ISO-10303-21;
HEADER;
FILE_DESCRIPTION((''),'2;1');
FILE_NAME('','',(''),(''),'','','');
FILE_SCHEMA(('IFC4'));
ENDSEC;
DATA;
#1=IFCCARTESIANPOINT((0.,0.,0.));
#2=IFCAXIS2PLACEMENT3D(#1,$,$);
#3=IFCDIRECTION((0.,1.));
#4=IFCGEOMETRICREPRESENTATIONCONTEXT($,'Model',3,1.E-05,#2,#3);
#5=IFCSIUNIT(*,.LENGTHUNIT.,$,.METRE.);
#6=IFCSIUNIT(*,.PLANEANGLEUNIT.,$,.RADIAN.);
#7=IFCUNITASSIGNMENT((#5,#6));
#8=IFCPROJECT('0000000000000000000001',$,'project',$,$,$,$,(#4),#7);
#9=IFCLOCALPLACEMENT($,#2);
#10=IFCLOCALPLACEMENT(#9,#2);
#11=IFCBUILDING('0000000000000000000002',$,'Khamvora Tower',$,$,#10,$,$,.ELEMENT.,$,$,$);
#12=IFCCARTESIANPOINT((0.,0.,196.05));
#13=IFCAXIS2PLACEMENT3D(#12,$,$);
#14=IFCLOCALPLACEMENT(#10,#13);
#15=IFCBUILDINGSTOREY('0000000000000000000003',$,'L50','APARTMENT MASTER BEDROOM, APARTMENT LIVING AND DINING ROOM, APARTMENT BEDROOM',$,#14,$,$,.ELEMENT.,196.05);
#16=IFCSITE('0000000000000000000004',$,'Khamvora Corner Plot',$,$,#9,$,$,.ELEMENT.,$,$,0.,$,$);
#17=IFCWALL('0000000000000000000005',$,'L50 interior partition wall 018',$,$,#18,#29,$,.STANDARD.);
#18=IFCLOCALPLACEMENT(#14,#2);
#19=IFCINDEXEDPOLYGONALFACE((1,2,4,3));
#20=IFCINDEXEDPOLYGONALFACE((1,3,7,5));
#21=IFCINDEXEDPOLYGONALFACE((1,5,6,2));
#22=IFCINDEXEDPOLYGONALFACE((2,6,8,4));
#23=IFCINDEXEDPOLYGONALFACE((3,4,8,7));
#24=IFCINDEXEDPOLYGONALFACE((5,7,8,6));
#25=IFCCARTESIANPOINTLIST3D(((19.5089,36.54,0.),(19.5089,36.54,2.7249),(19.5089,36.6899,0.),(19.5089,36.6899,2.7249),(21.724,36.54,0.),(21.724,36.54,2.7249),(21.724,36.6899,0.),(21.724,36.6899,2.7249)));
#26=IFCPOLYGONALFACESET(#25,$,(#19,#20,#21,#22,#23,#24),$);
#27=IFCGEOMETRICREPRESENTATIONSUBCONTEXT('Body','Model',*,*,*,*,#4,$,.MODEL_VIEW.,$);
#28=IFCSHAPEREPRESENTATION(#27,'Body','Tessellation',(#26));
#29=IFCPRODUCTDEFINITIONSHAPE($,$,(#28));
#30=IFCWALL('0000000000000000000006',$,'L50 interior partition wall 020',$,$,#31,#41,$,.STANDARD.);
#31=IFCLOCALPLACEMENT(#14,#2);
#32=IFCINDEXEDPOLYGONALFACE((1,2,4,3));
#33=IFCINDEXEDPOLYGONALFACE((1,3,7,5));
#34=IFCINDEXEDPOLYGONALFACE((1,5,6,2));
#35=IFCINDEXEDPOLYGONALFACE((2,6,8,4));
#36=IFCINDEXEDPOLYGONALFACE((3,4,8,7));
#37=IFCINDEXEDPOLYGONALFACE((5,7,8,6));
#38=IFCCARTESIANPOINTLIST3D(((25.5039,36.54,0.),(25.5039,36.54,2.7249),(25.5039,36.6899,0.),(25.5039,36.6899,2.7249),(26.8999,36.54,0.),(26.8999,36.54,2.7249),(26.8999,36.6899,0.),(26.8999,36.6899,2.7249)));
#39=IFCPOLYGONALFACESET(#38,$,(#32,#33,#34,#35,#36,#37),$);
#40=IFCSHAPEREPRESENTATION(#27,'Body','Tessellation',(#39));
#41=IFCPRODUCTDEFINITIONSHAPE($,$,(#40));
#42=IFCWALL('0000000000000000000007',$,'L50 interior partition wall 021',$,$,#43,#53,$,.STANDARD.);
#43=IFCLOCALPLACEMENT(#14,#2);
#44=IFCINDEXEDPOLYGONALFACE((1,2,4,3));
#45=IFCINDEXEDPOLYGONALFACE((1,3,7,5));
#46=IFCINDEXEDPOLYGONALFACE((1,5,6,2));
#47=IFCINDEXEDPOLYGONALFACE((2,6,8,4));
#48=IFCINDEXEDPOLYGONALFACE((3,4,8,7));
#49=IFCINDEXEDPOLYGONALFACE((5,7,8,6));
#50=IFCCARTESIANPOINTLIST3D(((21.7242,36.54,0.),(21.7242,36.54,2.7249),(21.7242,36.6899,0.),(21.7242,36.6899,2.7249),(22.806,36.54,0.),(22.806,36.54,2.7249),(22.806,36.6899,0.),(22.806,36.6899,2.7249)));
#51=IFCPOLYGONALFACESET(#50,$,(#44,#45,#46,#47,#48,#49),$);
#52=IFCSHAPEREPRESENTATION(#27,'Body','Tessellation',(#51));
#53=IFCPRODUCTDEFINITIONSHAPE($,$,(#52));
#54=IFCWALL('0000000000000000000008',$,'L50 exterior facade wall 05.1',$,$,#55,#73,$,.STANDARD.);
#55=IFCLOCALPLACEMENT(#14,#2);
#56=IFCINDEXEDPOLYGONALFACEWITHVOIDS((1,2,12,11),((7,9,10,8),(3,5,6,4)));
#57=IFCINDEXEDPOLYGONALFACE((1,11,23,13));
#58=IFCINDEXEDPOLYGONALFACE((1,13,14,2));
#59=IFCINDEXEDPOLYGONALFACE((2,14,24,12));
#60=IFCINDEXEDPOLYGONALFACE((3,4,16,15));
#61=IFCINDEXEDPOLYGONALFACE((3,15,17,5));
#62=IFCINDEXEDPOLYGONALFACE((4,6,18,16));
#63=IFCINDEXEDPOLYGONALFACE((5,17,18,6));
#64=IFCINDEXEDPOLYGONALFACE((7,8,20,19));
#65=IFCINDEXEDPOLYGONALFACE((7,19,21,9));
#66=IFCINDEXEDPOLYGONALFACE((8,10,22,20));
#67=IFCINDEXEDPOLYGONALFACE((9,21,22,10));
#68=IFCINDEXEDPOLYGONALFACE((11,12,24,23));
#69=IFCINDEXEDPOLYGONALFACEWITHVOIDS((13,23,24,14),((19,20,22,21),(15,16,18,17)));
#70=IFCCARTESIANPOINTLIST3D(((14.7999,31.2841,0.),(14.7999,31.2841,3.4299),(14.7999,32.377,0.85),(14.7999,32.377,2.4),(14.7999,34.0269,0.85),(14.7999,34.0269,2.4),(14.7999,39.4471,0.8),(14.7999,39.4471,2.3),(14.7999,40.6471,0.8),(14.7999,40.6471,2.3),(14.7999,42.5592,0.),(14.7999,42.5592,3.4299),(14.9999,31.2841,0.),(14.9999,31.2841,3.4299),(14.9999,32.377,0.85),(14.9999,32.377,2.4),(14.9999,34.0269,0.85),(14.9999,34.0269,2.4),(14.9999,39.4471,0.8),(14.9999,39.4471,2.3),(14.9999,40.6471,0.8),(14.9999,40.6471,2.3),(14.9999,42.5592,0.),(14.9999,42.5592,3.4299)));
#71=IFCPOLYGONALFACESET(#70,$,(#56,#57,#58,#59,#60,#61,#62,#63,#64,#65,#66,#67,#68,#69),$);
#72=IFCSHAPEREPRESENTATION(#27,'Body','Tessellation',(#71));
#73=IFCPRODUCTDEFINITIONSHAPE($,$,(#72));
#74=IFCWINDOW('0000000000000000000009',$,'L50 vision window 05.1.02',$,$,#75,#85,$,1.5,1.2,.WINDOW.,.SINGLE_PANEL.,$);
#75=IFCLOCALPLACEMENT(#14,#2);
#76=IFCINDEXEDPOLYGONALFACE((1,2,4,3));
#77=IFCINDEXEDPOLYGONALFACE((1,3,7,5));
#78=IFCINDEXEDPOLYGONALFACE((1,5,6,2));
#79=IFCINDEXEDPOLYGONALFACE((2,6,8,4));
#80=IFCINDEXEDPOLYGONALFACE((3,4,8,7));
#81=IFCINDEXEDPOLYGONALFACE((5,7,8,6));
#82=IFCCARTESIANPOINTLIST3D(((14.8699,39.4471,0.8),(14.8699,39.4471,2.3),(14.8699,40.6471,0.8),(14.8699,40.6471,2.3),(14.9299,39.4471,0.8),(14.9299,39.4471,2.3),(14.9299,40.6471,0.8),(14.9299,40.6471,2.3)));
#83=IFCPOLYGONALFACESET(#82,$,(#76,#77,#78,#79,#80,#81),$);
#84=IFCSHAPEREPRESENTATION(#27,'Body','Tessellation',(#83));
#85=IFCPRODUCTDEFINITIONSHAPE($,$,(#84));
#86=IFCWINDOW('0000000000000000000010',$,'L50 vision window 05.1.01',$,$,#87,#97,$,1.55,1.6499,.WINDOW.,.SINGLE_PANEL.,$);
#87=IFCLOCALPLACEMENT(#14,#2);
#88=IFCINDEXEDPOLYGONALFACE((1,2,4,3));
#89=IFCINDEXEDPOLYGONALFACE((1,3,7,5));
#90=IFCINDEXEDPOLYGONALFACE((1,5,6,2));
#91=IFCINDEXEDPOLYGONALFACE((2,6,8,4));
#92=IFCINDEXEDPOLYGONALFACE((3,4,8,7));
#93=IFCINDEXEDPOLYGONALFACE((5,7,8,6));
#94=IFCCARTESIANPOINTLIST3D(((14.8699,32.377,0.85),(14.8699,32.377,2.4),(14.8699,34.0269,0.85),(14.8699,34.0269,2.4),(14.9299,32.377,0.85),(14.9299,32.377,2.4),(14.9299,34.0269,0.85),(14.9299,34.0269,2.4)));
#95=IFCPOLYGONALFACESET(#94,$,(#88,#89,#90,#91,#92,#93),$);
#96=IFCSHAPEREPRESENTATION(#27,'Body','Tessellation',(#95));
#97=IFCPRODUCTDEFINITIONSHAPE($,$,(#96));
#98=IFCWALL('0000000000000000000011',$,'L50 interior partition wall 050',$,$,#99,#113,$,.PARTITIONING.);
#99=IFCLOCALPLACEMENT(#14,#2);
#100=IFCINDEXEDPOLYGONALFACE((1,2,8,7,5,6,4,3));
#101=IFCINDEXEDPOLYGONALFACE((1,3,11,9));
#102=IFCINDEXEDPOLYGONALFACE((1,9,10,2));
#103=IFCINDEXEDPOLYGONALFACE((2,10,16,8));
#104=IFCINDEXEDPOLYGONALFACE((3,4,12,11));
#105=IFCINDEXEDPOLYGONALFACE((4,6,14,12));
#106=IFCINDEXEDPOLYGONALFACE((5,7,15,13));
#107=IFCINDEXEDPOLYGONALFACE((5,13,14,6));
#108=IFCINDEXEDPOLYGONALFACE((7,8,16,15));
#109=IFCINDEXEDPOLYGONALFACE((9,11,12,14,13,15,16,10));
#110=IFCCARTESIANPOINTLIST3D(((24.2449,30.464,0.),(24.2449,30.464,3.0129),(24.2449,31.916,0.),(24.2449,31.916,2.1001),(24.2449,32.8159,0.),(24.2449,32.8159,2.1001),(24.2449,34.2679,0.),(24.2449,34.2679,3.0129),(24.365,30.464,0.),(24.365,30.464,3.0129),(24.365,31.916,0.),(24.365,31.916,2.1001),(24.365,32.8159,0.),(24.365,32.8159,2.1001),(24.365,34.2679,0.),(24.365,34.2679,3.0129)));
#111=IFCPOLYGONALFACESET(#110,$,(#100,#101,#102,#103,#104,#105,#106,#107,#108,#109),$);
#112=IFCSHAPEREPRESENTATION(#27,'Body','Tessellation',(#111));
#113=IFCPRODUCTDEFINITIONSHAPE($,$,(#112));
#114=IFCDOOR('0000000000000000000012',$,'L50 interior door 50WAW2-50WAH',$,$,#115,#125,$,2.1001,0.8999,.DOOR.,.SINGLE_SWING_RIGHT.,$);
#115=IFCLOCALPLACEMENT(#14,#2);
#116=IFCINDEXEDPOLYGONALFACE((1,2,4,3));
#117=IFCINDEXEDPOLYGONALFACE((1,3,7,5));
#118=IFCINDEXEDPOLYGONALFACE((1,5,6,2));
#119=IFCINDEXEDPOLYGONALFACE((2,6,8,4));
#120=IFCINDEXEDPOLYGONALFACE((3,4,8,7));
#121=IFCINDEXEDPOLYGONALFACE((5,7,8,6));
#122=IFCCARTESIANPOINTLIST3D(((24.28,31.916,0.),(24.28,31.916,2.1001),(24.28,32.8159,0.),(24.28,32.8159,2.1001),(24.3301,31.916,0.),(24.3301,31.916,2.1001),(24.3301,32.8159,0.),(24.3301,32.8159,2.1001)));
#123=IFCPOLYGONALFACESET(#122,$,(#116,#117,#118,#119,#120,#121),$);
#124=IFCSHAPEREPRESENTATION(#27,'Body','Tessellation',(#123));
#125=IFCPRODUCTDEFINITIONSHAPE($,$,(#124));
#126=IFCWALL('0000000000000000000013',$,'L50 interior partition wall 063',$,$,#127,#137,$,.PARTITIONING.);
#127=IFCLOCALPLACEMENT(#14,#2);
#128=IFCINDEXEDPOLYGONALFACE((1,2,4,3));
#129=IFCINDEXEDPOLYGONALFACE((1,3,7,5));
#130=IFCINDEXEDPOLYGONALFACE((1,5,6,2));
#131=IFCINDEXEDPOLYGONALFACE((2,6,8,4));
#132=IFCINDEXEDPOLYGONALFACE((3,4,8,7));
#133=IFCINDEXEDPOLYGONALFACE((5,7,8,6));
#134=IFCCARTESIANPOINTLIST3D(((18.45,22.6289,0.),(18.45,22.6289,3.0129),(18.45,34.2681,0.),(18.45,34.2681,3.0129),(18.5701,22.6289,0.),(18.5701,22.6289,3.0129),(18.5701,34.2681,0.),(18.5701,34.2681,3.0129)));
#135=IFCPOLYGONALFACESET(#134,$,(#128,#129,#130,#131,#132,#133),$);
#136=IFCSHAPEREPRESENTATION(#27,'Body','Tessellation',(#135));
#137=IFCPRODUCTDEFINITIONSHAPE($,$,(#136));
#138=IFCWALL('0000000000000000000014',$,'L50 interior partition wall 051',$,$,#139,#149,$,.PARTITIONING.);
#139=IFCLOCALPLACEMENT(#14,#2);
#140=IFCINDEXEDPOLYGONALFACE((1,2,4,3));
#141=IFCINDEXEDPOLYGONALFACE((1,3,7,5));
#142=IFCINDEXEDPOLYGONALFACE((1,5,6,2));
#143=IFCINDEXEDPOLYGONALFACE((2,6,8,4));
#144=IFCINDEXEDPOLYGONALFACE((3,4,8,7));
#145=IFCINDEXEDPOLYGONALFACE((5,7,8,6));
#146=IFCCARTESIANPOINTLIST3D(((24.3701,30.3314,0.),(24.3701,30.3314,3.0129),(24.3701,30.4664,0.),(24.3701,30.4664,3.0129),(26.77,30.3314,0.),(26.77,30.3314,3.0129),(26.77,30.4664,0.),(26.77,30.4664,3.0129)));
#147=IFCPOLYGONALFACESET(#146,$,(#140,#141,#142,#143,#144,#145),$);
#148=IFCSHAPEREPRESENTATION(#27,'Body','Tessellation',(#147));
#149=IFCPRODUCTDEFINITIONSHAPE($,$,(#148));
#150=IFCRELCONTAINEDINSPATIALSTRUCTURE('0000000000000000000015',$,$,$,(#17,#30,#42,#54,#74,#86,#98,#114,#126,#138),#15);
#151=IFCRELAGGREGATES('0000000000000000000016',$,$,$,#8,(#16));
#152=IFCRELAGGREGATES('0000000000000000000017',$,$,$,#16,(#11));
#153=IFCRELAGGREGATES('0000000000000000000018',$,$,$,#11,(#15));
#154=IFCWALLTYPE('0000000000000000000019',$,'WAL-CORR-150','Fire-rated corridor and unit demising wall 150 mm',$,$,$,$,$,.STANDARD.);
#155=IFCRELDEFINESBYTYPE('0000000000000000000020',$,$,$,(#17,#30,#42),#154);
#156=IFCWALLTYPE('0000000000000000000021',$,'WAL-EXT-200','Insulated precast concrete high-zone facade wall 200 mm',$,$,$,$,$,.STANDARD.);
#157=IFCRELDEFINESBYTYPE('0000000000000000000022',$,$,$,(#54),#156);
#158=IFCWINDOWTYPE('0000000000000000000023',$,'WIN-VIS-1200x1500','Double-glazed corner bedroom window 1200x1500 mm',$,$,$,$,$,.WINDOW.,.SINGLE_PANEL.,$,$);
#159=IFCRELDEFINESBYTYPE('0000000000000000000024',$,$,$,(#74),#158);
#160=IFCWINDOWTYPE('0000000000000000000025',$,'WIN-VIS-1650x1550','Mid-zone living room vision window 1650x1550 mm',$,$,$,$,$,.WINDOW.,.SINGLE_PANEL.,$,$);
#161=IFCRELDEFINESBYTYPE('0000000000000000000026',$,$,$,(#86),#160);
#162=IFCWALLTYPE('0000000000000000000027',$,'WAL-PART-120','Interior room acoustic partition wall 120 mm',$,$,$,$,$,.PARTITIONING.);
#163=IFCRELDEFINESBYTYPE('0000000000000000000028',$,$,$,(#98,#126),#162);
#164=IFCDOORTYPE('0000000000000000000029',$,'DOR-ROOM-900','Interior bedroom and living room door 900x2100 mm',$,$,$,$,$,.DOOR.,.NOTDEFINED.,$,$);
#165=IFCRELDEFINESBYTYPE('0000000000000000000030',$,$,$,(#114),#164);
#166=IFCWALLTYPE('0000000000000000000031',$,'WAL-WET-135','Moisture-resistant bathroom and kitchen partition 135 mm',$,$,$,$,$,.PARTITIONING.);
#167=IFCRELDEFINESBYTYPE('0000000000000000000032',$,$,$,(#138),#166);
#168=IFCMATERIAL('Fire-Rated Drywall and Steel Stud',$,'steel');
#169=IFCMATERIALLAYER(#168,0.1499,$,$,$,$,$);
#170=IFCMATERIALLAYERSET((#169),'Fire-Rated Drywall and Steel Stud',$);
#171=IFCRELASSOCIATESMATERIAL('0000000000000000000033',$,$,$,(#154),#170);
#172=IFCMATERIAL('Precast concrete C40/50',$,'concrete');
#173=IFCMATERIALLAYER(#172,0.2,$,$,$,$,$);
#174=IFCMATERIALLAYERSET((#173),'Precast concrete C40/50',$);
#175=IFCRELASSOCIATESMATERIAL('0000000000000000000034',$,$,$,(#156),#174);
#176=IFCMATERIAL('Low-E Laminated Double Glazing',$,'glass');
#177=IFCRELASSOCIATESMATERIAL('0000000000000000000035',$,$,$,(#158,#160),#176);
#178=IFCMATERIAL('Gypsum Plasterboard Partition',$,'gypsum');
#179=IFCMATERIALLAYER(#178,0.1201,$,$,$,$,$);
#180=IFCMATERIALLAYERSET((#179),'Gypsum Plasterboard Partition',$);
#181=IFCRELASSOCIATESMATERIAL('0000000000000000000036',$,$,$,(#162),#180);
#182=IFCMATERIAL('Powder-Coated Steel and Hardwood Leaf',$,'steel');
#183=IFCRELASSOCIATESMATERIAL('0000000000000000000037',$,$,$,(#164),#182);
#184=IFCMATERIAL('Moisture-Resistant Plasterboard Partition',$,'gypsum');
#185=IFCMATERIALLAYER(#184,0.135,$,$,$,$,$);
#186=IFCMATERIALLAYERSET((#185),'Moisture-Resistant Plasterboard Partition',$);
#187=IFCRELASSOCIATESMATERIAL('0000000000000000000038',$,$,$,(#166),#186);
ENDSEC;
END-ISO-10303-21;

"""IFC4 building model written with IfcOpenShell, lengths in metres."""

from ifc_helpers import new_model, si_unit, direction, frame, frame_2d, origin, place, context, subcontext, project, spatial, rectangle, extrude, material, layer, layer_set, type_object, element, fill, save


model = new_model("IFC4")

# Units and contexts
model_context = context("Model", 3, precision=1e-05, world=origin(), true_north=direction((0.0, 1.0)))
body_context = subcontext(model_context, "Body", "Model", "MODEL_VIEW")
ifc_project = project(units=[si_unit("LENGTHUNIT", "METRE"), si_unit("PLANEANGLEUNIT", "RADIAN")], contexts=[model_context])

# Site, building, storey
site_placement = place(None, origin())
site = spatial("IfcSite", under=ifc_project, at=site_placement, Name="Khamvora Corner Plot", CompositionType="ELEMENT", RefElevation=0.0)
building_placement = place(site_placement, origin())
building = spatial("IfcBuilding", under=site, at=building_placement, Name="Khamvora Tower", CompositionType="ELEMENT")
storey_placement = place(building_placement, frame((0.0, 0.0, 196.05)))
storey = spatial("IfcBuildingStorey", under=building, at=storey_placement, Name="L50", Description="APARTMENT MASTER BEDROOM, APARTMENT LIVING AND DINING ROOM, APARTMENT BEDROOM", CompositionType="ELEMENT", Elevation=196.05)

# Shared definitions
ifc_material_1 = material(Name="Fire-Rated Drywall and Steel Stud", Category="steel")
ifc_layer_1 = layer(ifc_material_1, 0.1499)
ifc_layer_set_1 = layer_set([ifc_layer_1], Name="Fire-Rated Drywall and Steel Stud")
wall_type_1 = type_object("IfcWallType", Name="WAL-CORR-150", Description="Fire-rated corridor and unit demising wall 150 mm", PredefinedType="STANDARD", material=ifc_layer_set_1)

# Shared definitions
ifc_material_2 = material(Name="Powder-Coated Steel and Hardwood Leaf", Category="steel")

# Wall
wall_1_placement = place(storey_placement, frame((19.509, 36.615, 0.0), z_axis=(0.0, 0.0, 1.0), x_axis=(1.0, 0.0, 0.0)))
element("IfcWall", 1, at=wall_1_placement, inside=storey, type_object=wall_type_1, Name="L50 interior partition wall 018", PredefinedType="STANDARD", context=body_context, shape_type="SweptSolid", body=[
    extrude(rectangle(XDim=2.2151, YDim=0.1499, at=frame_2d((1.1074, 0.0))), origin(), (0.0, 0.0, 1.0), 2.7249),
])

# Walls
wall_2_placement = place(storey_placement, frame((25.5039, 36.615, 0.0), z_axis=(0.0, 0.0, 1.0), x_axis=(1.0, 0.0, 0.0)))
element("IfcWall", 2, at=wall_2_placement, inside=storey, type_object=wall_type_1, Name="L50 interior partition wall 020", PredefinedType="STANDARD", context=body_context, shape_type="SweptSolid", body=[
    extrude(rectangle(XDim=1.396, YDim=0.1499, at=frame_2d((0.698, 0.0))), origin(), (0.0, 0.0, 1.0), 2.7249),
])
wall_3_placement = place(storey_placement, frame((21.7241, 36.615, 0.0), z_axis=(0.0, 0.0, 1.0), x_axis=(1.0, 0.0, 0.0)))
element("IfcWall", 3, at=wall_3_placement, inside=storey, type_object=wall_type_1, Name="L50 interior partition wall 021", PredefinedType="STANDARD", context=body_context, shape_type="SweptSolid", body=[
    extrude(rectangle(XDim=1.0818, YDim=0.1499, at=frame_2d((0.541, 0.0))), origin(), (0.0, 0.0, 1.0), 2.7249),
])

# Wall, openings, windows
ifc_material_3 = material(Name="Precast concrete C40/50", Category="concrete")
ifc_layer_2 = layer(ifc_material_3, 0.2)
ifc_layer_set_2 = layer_set([ifc_layer_2], Name="Precast concrete C40/50")
wall_type_2 = type_object("IfcWallType", Name="WAL-EXT-200", Description="Insulated precast concrete high-zone facade wall 200 mm", PredefinedType="STANDARD", material=ifc_layer_set_2)
wall_4_placement = place(storey_placement, frame((14.8999, 31.2839, 0.0), z_axis=(0.0, 0.0, 1.0), x_axis=(0.0, 1.0, 0.0)))
wall_4 = element("IfcWall", 4, at=wall_4_placement, inside=storey, type_object=wall_type_2, Name="L50 exterior facade wall 05.1", PredefinedType="STANDARD", context=body_context, shape_type="SweptSolid", body=[
    extrude(rectangle(XDim=11.2751, YDim=0.2, at=frame_2d((5.6377, 0.0))), origin(), (0.0, 0.0, 1.0), 3.4299),
])
opening_1_placement = place(wall_4_placement, frame((1.093, 0.0, 0.8501)))
opening_1 = element("IfcOpeningElement", 5, at=opening_1_placement, cuts=wall_4, PredefinedType="OPENING", context=body_context, shape_type="SweptSolid", body=[
    extrude(rectangle(XDim=1.6499, YDim=1.55, at=frame_2d((0.825, 0.7749))), frame((0.0, 0.1099, 0.0), z_axis=(0.0, -1.0, 0.0), x_axis=(1.0, 0.0, 0.0)), (0.0, 0.0, 1.0), 0.22),
])
opening_2_placement = place(wall_4_placement, frame((8.1631, 0.0, 0.8)))
opening_2 = element("IfcOpeningElement", 6, at=opening_2_placement, cuts=wall_4, PredefinedType="OPENING", context=body_context, shape_type="SweptSolid", body=[
    extrude(rectangle(XDim=1.2, YDim=1.5, at=frame_2d((0.6001, 0.75))), frame((0.0, 0.1099, 0.0), z_axis=(0.0, -1.0, 0.0), x_axis=(1.0, 0.0, 0.0)), (0.0, 0.0, 1.0), 0.22),
])
ifc_material_4 = material(Name="Low-E Laminated Double Glazing", Category="glass")
window_type_1 = type_object("IfcWindowType", Name="WIN-VIS-1200x1500", Description="Double-glazed corner bedroom window 1200x1500 mm", PartitioningType="SINGLE_PANEL", PredefinedType="WINDOW", material=ifc_material_4)
window_1_placement = place(opening_2_placement, origin())
window_1 = element("IfcWindow", 7, at=window_1_placement, inside=storey, type_object=window_type_1, Name="L50 vision window 05.1.02", OverallHeight=1.5, OverallWidth=1.2, PartitioningType="SINGLE_PANEL", PredefinedType="WINDOW", context=body_context, shape_type="SweptSolid", body=[
    extrude(rectangle(XDim=1.2, YDim=1.5, at=frame_2d((0.6001, 0.75))), frame((0.0, 0.03, 0.0), z_axis=(0.0, -1.0, 0.0), x_axis=(1.0, 0.0, 0.0)), (0.0, 0.0, 1.0), 0.0601),
])
fill(opening_2, window_1)
window_type_2 = type_object("IfcWindowType", Name="WIN-VIS-1650x1550", Description="Mid-zone living room vision window 1650x1550 mm", PartitioningType="SINGLE_PANEL", PredefinedType="WINDOW", material=ifc_material_4)
window_2_placement = place(opening_1_placement, origin())
window_2 = element("IfcWindow", 8, at=window_2_placement, inside=storey, type_object=window_type_2, Name="L50 vision window 05.1.01", OverallHeight=1.55, OverallWidth=1.6499, PartitioningType="SINGLE_PANEL", PredefinedType="WINDOW", context=body_context, shape_type="SweptSolid", body=[
    extrude(rectangle(XDim=1.6499, YDim=1.55, at=frame_2d((0.825, 0.7749))), frame((0.0, 0.03, 0.0), z_axis=(0.0, -1.0, 0.0), x_axis=(1.0, 0.0, 0.0)), (0.0, 0.0, 1.0), 0.0601),
])
fill(opening_1, window_2)

# Wall, opening, door
ifc_material_5 = material(Name="Gypsum Plasterboard Partition", Category="gypsum")
ifc_layer_3 = layer(ifc_material_5, 0.1201)
ifc_layer_set_3 = layer_set([ifc_layer_3], Name="Gypsum Plasterboard Partition")
wall_type_3 = type_object("IfcWallType", Name="WAL-PART-120", Description="Interior room acoustic partition wall 120 mm", PredefinedType="PARTITIONING", material=ifc_layer_set_3)
wall_5_placement = place(storey_placement, frame((24.3049, 30.4641, 0.0), z_axis=(0.0, 0.0, 1.0), x_axis=(0.0, 1.0, 0.0)))
wall_5 = element("IfcWall", 9, at=wall_5_placement, inside=storey, type_object=wall_type_3, Name="L50 interior partition wall 050", PredefinedType="PARTITIONING", context=body_context, shape_type="SweptSolid", body=[
    extrude(rectangle(XDim=3.804, YDim=0.1201, at=frame_2d((1.9019, 0.0))), origin(), (0.0, 0.0, 1.0), 3.0129),
])
opening_3_placement = place(wall_5_placement, frame((1.4519, 0.0, 0.0)))
opening_3 = element("IfcOpeningElement", 10, at=opening_3_placement, cuts=wall_5, PredefinedType="OPENING", context=body_context, shape_type="SweptSolid", body=[
    extrude(rectangle(XDim=0.8999, YDim=2.1001, at=frame_2d((0.45, 1.05))), frame((0.0, 0.0701, 0.0), z_axis=(0.0, -1.0, 0.0), x_axis=(1.0, 0.0, 0.0)), (0.0, 0.0, 1.0), 0.1401),
])
door_type_1 = type_object("IfcDoorType", Name="DOR-ROOM-900", Description="Interior bedroom and living room door 900x2100 mm", OperationType="NOTDEFINED", PredefinedType="DOOR", material=ifc_material_2)
door_1_placement = place(opening_3_placement, origin())
door_1 = element("IfcDoor", 11, at=door_1_placement, inside=storey, type_object=door_type_1, Name="L50 interior door 50WAW2-50WAH", OperationType="SINGLE_SWING_RIGHT", OverallHeight=2.1001, OverallWidth=0.8999, PredefinedType="DOOR", context=body_context, shape_type="SweptSolid", body=[
    extrude(rectangle(XDim=0.8999, YDim=2.1001, at=frame_2d((0.45, 1.05))), frame((0.0, 0.0249, 0.0), z_axis=(0.0, -1.0, 0.0), x_axis=(1.0, 0.0, 0.0)), (0.0, 0.0, 1.0), 0.05),
])
fill(opening_3, door_1)

# Walls
wall_6_placement = place(storey_placement, frame((18.51, 34.2681, 0.0), z_axis=(0.0, 0.0, 1.0), x_axis=(0.0, -1.0, 0.0)))
element("IfcWall", 12, at=wall_6_placement, inside=storey, type_object=wall_type_3, Name="L50 interior partition wall 063", PredefinedType="PARTITIONING", context=body_context, shape_type="SweptSolid", body=[
    extrude(rectangle(XDim=11.6392, YDim=0.1201, at=frame_2d((5.8196, 0.0))), origin(), (0.0, 0.0, 1.0), 3.0129),
])
ifc_material_6 = material(Name="Moisture-Resistant Plasterboard Partition", Category="gypsum")
ifc_layer_4 = layer(ifc_material_6, 0.135)
ifc_layer_set_4 = layer_set([ifc_layer_4], Name="Moisture-Resistant Plasterboard Partition")
wall_type_4 = type_object("IfcWallType", Name="WAL-WET-135", Description="Moisture-resistant bathroom and kitchen partition 135 mm", PredefinedType="PARTITIONING", material=ifc_layer_set_4)
wall_7_placement = place(storey_placement, frame((26.77, 30.3989, 0.0), z_axis=(0.0, 0.0, 1.0), x_axis=(-1.0, 0.0, 0.0)))
element("IfcWall", 13, at=wall_7_placement, inside=storey, type_object=wall_type_4, Name="L50 interior partition wall 051", PredefinedType="PARTITIONING", context=body_context, shape_type="SweptSolid", body=[
    extrude(rectangle(XDim=2.3999, YDim=0.135, at=frame_2d((1.2, 0.0))), origin(), (0.0, 0.0, 1.0), 3.0129),
])

save(model, "model.ifc")
